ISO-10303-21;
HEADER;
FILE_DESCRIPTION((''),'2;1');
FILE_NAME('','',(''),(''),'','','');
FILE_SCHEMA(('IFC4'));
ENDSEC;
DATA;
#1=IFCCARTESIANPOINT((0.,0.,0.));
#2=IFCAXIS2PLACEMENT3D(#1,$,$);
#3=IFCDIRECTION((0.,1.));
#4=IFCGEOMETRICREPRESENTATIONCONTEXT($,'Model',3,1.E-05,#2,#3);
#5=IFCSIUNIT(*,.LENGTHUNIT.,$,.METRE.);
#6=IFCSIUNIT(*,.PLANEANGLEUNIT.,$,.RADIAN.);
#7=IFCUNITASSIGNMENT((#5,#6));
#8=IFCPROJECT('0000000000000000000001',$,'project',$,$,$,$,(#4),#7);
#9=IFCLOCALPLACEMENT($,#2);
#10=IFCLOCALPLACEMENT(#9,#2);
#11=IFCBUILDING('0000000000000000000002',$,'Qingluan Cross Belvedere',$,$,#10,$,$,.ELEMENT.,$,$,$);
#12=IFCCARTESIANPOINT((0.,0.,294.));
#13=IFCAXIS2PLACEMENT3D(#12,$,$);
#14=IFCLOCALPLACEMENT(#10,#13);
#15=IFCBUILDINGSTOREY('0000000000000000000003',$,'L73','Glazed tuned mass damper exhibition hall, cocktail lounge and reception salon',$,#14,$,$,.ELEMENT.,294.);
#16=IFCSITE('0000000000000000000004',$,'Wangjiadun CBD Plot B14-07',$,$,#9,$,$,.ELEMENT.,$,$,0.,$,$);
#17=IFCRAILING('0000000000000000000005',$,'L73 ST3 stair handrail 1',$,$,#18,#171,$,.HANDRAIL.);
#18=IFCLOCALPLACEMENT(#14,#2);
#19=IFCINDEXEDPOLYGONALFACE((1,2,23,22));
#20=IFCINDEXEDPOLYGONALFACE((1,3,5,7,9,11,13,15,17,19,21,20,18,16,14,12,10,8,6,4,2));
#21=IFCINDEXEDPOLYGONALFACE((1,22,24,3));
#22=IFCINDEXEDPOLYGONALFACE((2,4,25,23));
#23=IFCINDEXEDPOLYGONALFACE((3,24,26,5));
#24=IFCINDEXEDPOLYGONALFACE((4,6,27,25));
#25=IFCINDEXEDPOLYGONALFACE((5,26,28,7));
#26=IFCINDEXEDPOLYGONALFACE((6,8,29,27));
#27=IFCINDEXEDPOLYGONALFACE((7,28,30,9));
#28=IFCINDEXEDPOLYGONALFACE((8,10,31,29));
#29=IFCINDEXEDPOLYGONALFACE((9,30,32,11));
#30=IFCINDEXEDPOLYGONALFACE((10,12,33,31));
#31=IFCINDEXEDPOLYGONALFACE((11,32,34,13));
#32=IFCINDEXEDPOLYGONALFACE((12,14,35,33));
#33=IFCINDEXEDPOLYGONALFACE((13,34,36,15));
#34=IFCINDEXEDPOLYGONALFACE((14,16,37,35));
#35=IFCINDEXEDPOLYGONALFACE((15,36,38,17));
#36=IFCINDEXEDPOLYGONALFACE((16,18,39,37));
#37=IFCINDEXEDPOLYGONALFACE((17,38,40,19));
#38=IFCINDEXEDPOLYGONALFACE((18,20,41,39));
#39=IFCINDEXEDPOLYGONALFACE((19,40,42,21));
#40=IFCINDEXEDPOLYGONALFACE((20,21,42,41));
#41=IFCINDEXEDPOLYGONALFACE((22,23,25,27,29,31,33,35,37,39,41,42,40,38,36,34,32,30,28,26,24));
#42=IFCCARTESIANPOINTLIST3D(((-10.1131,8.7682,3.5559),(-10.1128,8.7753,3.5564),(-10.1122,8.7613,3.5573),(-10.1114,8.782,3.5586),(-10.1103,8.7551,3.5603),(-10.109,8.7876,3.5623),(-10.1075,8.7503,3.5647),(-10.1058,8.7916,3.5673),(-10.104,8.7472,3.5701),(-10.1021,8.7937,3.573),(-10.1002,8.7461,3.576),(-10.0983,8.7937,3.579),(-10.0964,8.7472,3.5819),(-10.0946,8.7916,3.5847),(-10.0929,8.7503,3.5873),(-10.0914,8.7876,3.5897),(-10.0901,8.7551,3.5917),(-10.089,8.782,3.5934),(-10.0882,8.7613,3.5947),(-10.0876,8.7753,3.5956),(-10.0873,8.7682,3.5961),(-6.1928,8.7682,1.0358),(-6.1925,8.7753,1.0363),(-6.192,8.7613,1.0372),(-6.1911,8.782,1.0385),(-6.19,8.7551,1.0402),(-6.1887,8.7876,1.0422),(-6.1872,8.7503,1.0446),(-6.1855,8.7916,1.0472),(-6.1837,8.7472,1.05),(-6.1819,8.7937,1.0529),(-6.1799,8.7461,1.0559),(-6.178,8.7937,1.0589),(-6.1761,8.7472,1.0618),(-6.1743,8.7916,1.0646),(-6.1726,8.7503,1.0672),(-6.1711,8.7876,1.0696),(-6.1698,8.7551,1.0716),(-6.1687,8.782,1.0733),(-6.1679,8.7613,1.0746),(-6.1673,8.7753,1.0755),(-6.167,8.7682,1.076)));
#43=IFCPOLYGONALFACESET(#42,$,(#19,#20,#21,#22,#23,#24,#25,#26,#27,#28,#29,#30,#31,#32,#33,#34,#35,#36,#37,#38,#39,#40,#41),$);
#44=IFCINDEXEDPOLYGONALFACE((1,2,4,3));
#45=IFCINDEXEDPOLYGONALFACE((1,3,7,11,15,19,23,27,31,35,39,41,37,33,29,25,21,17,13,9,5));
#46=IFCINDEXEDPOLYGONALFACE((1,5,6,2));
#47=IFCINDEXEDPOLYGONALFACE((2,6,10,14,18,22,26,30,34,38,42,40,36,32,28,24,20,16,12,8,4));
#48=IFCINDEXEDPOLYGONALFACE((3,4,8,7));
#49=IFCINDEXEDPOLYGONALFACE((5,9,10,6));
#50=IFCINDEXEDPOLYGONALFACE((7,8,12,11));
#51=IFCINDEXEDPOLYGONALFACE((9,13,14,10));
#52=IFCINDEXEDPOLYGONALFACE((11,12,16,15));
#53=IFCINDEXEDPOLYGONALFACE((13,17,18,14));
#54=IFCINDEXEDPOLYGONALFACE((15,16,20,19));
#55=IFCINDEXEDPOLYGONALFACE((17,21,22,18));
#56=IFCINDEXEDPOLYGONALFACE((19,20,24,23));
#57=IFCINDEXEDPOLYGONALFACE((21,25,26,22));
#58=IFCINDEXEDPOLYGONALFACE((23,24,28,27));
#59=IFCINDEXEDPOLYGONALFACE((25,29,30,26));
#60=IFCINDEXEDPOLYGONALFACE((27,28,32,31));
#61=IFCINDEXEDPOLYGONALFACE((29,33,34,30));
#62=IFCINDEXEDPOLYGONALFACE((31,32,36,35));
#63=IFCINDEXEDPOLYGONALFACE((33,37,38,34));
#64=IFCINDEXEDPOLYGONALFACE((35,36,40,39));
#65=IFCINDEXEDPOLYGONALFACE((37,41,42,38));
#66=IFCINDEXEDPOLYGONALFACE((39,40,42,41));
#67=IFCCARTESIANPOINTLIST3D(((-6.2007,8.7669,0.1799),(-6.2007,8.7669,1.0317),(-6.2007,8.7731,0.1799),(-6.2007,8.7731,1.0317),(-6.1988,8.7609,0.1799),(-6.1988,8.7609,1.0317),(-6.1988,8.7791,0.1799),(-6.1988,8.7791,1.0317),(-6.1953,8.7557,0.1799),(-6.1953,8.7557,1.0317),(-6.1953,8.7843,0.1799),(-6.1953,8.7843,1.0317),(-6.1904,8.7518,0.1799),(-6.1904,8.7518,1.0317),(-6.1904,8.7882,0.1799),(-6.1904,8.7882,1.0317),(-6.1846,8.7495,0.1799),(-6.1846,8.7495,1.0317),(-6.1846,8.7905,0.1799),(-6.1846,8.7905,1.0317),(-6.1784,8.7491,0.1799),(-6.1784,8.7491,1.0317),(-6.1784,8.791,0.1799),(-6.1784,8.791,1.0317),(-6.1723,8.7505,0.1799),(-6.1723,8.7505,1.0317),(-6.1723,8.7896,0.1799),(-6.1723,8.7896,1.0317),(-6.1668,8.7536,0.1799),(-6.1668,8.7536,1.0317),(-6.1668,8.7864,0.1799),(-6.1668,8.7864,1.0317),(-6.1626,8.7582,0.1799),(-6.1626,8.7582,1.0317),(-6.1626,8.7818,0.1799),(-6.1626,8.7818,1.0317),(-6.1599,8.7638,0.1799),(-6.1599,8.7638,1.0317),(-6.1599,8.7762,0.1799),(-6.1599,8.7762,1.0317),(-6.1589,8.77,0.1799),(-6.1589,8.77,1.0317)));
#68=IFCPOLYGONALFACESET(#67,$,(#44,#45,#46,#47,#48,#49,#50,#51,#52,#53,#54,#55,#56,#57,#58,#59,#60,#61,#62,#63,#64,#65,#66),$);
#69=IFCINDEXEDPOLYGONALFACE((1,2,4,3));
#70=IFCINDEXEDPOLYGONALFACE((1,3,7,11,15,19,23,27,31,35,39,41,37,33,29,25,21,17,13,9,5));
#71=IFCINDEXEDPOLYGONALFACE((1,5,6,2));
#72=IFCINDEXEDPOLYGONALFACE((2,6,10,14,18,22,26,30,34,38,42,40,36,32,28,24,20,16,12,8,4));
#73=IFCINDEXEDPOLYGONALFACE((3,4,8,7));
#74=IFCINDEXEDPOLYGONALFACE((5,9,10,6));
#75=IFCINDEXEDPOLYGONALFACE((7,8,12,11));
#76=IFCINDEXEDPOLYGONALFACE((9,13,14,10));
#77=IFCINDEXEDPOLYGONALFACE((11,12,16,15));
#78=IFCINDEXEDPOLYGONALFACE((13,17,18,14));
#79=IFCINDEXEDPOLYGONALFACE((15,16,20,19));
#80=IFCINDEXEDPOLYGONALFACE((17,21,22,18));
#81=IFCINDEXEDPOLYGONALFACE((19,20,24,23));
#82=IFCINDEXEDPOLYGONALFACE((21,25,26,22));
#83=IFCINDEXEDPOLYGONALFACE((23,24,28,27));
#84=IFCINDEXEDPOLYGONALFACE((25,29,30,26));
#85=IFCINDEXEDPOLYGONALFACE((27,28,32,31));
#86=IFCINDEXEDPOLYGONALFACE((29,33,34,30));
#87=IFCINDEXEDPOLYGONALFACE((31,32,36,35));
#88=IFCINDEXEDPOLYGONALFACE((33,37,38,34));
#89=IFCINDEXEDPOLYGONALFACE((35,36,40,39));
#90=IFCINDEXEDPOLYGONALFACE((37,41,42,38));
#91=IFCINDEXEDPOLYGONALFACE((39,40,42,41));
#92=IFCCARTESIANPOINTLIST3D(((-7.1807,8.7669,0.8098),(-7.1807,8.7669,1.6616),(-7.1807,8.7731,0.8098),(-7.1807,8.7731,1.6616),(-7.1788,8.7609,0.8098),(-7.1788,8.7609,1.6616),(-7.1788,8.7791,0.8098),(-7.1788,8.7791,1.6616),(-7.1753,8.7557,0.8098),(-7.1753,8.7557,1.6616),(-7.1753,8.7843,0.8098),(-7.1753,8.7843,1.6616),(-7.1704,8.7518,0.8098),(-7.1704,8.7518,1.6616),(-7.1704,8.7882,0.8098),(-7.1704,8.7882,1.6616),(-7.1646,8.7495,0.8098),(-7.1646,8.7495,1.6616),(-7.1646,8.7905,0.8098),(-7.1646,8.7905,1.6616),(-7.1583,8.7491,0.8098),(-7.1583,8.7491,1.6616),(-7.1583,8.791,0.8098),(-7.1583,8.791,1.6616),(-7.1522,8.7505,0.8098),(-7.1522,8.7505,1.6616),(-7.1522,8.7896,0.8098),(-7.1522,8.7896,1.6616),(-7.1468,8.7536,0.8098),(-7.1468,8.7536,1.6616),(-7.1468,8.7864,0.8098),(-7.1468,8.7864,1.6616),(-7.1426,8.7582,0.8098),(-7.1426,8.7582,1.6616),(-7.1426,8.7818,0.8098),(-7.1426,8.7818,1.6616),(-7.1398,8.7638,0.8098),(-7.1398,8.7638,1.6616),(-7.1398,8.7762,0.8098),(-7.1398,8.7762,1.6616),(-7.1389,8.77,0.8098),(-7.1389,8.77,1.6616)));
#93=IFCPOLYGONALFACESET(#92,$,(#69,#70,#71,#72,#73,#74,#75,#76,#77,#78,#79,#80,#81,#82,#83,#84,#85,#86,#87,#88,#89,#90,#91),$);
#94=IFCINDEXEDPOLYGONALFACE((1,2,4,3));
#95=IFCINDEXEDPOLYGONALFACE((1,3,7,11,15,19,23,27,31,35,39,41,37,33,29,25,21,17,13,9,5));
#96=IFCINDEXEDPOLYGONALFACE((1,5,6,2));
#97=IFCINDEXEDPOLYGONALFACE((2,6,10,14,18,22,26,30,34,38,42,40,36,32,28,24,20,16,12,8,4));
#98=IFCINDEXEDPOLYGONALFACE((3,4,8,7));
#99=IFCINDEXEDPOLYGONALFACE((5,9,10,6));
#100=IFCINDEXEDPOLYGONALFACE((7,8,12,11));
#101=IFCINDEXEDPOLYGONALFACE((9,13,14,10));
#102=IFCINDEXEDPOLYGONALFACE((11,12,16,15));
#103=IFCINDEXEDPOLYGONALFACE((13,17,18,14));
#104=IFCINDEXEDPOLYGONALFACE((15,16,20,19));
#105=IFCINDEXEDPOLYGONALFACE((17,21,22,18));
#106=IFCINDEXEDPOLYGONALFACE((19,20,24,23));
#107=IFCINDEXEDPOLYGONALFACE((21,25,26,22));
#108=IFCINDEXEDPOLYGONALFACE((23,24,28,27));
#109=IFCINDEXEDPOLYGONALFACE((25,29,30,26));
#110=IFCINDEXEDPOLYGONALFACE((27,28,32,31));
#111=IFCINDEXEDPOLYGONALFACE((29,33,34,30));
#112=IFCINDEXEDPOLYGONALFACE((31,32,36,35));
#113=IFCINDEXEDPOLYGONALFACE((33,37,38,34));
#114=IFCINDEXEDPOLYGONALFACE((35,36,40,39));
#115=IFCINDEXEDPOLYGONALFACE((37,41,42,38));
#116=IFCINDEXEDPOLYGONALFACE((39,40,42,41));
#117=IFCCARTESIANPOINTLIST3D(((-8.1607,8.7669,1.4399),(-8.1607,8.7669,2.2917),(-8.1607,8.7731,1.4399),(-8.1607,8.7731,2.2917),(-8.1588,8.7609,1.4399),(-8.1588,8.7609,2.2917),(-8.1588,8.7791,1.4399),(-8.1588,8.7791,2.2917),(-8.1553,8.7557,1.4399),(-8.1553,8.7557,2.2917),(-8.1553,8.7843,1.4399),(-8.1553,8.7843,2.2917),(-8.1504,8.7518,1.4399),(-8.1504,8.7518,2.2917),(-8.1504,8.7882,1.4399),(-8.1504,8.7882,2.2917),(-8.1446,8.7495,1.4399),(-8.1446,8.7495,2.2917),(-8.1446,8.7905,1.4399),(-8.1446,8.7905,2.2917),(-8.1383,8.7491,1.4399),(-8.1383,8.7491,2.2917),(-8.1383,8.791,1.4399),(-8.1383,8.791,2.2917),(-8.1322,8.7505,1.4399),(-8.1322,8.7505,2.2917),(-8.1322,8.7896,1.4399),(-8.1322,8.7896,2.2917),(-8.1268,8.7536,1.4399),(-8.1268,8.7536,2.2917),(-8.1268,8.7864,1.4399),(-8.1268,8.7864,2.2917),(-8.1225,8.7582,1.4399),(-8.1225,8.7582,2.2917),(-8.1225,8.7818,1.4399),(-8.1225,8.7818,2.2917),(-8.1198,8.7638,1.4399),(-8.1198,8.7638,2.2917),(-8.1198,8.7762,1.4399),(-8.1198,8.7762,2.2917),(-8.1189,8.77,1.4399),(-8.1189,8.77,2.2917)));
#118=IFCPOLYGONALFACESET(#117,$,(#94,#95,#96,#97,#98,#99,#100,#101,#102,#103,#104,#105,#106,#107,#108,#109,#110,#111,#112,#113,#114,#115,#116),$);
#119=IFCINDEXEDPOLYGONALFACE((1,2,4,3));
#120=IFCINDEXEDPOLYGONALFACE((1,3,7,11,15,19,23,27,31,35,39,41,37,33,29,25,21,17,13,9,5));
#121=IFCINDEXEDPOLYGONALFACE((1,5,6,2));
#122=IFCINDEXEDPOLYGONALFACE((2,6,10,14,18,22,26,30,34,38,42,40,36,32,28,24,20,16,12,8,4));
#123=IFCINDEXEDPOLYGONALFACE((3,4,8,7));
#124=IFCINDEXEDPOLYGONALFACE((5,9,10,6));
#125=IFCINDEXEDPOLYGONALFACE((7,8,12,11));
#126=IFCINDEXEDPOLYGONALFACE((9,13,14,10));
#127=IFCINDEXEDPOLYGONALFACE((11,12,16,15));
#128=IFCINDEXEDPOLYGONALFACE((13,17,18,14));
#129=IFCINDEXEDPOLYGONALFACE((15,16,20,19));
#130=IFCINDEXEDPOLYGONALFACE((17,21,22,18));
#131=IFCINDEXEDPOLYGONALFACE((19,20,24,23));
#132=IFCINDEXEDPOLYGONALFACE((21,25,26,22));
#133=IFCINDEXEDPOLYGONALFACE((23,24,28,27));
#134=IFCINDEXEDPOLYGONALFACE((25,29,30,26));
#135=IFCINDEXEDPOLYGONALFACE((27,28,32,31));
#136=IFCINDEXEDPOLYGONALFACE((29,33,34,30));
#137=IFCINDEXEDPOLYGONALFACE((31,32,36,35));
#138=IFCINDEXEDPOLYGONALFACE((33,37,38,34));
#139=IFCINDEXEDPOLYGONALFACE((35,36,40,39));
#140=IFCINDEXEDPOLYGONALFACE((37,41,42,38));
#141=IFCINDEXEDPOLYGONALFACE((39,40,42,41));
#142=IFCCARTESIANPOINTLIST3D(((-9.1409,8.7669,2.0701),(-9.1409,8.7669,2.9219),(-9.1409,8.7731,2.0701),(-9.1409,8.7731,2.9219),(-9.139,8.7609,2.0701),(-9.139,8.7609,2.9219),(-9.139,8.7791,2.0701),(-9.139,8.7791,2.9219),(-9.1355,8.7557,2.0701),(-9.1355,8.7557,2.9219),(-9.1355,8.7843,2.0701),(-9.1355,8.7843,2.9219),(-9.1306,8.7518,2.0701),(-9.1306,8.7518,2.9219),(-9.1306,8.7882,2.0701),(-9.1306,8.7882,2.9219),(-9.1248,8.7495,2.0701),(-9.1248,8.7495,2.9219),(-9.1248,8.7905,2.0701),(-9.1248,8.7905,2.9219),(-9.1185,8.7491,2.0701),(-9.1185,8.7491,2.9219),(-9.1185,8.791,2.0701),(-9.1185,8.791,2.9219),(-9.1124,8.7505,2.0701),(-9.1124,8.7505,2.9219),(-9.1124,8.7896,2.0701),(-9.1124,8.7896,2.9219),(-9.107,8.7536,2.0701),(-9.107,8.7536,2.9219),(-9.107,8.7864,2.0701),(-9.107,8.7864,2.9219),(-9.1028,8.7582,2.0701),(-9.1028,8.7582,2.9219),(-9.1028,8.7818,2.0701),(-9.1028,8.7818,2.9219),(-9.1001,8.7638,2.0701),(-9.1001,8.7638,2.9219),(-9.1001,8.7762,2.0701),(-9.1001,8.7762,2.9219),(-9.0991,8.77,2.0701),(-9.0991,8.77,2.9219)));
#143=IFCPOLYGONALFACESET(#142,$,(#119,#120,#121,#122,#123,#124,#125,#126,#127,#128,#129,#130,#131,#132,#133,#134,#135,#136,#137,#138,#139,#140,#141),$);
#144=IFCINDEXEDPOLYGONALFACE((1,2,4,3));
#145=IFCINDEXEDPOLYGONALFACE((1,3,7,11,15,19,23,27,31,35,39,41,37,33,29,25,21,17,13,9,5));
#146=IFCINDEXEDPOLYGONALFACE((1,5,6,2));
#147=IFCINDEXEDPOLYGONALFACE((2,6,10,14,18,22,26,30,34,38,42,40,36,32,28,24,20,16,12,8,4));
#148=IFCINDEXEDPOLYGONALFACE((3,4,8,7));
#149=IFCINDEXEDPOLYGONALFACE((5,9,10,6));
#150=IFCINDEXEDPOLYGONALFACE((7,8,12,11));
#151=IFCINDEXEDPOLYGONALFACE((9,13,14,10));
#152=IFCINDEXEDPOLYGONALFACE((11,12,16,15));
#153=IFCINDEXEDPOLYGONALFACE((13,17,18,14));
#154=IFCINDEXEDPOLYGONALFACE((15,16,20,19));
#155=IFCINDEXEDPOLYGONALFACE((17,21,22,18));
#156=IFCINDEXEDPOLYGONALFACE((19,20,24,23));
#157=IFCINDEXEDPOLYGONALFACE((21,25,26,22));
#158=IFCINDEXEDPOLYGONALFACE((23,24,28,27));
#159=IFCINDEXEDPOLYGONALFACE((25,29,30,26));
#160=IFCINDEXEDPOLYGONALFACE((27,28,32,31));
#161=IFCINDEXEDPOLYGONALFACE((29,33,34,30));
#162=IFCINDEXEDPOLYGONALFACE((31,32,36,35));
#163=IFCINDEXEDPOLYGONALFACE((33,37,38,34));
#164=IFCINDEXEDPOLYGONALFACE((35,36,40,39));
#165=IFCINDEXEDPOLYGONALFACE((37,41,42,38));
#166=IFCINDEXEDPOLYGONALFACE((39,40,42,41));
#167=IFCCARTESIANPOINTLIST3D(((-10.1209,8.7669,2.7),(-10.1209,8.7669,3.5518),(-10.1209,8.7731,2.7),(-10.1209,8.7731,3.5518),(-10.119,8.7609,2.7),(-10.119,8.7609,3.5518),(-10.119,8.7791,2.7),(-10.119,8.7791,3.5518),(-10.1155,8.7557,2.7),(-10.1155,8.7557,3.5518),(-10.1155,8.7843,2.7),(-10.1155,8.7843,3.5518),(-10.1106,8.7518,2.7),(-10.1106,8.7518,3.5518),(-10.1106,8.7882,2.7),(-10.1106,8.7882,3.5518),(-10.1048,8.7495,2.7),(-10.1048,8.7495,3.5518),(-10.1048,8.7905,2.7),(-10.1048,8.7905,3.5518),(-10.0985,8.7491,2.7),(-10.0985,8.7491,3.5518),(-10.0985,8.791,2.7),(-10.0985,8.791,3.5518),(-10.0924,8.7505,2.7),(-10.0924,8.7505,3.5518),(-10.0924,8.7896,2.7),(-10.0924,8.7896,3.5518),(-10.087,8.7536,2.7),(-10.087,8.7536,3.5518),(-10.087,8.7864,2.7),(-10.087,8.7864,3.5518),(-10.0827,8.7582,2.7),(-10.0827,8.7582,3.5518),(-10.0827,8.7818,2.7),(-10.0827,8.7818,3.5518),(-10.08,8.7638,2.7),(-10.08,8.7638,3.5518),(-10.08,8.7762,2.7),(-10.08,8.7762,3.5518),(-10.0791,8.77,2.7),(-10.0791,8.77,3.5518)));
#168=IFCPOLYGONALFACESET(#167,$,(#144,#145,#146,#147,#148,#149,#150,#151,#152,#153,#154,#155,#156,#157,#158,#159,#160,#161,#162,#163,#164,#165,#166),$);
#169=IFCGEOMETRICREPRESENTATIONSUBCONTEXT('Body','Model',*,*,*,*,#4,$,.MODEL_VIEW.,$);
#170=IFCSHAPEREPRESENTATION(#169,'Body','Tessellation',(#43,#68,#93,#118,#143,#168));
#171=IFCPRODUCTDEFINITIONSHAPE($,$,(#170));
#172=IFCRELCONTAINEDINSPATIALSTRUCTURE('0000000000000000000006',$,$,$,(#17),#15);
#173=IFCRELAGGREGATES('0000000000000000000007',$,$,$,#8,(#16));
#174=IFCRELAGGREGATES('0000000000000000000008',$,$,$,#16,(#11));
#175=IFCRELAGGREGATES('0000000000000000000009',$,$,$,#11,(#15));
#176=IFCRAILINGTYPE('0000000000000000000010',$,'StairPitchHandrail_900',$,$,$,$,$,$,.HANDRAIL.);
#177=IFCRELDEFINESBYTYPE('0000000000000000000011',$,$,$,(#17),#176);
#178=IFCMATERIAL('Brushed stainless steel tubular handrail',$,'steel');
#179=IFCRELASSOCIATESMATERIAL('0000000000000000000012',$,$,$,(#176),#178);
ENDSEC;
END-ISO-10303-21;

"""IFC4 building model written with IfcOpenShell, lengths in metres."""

from ifc_helpers import new_model, si_unit, direction, frame, origin, origin_2d, place, context, subcontext, project, spatial, circle, extrude, material, type_object, element, save


model = new_model("IFC4")

# Units and contexts
model_context = context("Model", 3, precision=1e-05, world=origin(), true_north=direction((0.0, 1.0)))
body_context = subcontext(model_context, "Body", "Model", "MODEL_VIEW")
ifc_project = project(units=[si_unit("LENGTHUNIT", "METRE"), si_unit("PLANEANGLEUNIT", "RADIAN")], contexts=[model_context])

# Site, building, storey
site_placement = place(None, origin())
site = spatial("IfcSite", under=ifc_project, at=site_placement, Name="Wangjiadun CBD Plot B14-07", CompositionType="ELEMENT", RefElevation=0.0)
building_placement = place(site_placement, origin())
building = spatial("IfcBuilding", under=site, at=building_placement, Name="Qingluan Cross Belvedere", CompositionType="ELEMENT")
storey_placement = place(building_placement, frame((0.0, 0.0, 294.0)))
storey = spatial("IfcBuildingStorey", under=building, at=storey_placement, Name="L73", Description="Glazed tuned mass damper exhibition hall, cocktail lounge and reception salon", CompositionType="ELEMENT", Elevation=294.0)

# Railing
ifc_material_1 = material(Name="Brushed stainless steel tubular handrail", Category="steel")
railing_type_1 = type_object("IfcRailingType", Name="StairPitchHandrail_900", PredefinedType="HANDRAIL", material=ifc_material_1)
railing_1_placement = place(storey_placement, frame((-6.1799, 8.77, 0.1799)))
element("IfcRailing", 1, at=railing_1_placement, inside=storey, type_object=railing_type_1, Name="L73 ST3 stair handrail 1", PredefinedType="HANDRAIL", context=body_context, shape_type="SweptSolid", body=[
    extrude(circle(Radius=0.0239, at=origin_2d()), frame((0.0, 0.0, 0.876), z_axis=(-0.841187, 0.0, 0.540744), x_axis=(0.0, -1.0, 0.0)), (0.0, 0.0, 1.0), 4.6604),
    extrude(circle(Radius=0.021, at=origin_2d()), origin(), (0.0, 0.0, 1.0), 0.8518),
    extrude(circle(Radius=0.021, at=origin_2d()), frame((-0.98, 0.0, 0.6299)), (0.0, 0.0, 1.0), 0.8518),
    extrude(circle(Radius=0.021, at=origin_2d()), frame((-1.96, 0.0, 1.26)), (0.0, 0.0, 1.0), 0.8518),
    extrude(circle(Radius=0.021, at=origin_2d()), frame((-2.9402, 0.0, 1.8901)), (0.0, 0.0, 1.0), 0.8518),
    extrude(circle(Radius=0.021, at=origin_2d()), frame((-3.9202, 0.0, 2.52)), (0.0, 0.0, 1.0), 0.8518),
])

save(model, "model.ifc")
